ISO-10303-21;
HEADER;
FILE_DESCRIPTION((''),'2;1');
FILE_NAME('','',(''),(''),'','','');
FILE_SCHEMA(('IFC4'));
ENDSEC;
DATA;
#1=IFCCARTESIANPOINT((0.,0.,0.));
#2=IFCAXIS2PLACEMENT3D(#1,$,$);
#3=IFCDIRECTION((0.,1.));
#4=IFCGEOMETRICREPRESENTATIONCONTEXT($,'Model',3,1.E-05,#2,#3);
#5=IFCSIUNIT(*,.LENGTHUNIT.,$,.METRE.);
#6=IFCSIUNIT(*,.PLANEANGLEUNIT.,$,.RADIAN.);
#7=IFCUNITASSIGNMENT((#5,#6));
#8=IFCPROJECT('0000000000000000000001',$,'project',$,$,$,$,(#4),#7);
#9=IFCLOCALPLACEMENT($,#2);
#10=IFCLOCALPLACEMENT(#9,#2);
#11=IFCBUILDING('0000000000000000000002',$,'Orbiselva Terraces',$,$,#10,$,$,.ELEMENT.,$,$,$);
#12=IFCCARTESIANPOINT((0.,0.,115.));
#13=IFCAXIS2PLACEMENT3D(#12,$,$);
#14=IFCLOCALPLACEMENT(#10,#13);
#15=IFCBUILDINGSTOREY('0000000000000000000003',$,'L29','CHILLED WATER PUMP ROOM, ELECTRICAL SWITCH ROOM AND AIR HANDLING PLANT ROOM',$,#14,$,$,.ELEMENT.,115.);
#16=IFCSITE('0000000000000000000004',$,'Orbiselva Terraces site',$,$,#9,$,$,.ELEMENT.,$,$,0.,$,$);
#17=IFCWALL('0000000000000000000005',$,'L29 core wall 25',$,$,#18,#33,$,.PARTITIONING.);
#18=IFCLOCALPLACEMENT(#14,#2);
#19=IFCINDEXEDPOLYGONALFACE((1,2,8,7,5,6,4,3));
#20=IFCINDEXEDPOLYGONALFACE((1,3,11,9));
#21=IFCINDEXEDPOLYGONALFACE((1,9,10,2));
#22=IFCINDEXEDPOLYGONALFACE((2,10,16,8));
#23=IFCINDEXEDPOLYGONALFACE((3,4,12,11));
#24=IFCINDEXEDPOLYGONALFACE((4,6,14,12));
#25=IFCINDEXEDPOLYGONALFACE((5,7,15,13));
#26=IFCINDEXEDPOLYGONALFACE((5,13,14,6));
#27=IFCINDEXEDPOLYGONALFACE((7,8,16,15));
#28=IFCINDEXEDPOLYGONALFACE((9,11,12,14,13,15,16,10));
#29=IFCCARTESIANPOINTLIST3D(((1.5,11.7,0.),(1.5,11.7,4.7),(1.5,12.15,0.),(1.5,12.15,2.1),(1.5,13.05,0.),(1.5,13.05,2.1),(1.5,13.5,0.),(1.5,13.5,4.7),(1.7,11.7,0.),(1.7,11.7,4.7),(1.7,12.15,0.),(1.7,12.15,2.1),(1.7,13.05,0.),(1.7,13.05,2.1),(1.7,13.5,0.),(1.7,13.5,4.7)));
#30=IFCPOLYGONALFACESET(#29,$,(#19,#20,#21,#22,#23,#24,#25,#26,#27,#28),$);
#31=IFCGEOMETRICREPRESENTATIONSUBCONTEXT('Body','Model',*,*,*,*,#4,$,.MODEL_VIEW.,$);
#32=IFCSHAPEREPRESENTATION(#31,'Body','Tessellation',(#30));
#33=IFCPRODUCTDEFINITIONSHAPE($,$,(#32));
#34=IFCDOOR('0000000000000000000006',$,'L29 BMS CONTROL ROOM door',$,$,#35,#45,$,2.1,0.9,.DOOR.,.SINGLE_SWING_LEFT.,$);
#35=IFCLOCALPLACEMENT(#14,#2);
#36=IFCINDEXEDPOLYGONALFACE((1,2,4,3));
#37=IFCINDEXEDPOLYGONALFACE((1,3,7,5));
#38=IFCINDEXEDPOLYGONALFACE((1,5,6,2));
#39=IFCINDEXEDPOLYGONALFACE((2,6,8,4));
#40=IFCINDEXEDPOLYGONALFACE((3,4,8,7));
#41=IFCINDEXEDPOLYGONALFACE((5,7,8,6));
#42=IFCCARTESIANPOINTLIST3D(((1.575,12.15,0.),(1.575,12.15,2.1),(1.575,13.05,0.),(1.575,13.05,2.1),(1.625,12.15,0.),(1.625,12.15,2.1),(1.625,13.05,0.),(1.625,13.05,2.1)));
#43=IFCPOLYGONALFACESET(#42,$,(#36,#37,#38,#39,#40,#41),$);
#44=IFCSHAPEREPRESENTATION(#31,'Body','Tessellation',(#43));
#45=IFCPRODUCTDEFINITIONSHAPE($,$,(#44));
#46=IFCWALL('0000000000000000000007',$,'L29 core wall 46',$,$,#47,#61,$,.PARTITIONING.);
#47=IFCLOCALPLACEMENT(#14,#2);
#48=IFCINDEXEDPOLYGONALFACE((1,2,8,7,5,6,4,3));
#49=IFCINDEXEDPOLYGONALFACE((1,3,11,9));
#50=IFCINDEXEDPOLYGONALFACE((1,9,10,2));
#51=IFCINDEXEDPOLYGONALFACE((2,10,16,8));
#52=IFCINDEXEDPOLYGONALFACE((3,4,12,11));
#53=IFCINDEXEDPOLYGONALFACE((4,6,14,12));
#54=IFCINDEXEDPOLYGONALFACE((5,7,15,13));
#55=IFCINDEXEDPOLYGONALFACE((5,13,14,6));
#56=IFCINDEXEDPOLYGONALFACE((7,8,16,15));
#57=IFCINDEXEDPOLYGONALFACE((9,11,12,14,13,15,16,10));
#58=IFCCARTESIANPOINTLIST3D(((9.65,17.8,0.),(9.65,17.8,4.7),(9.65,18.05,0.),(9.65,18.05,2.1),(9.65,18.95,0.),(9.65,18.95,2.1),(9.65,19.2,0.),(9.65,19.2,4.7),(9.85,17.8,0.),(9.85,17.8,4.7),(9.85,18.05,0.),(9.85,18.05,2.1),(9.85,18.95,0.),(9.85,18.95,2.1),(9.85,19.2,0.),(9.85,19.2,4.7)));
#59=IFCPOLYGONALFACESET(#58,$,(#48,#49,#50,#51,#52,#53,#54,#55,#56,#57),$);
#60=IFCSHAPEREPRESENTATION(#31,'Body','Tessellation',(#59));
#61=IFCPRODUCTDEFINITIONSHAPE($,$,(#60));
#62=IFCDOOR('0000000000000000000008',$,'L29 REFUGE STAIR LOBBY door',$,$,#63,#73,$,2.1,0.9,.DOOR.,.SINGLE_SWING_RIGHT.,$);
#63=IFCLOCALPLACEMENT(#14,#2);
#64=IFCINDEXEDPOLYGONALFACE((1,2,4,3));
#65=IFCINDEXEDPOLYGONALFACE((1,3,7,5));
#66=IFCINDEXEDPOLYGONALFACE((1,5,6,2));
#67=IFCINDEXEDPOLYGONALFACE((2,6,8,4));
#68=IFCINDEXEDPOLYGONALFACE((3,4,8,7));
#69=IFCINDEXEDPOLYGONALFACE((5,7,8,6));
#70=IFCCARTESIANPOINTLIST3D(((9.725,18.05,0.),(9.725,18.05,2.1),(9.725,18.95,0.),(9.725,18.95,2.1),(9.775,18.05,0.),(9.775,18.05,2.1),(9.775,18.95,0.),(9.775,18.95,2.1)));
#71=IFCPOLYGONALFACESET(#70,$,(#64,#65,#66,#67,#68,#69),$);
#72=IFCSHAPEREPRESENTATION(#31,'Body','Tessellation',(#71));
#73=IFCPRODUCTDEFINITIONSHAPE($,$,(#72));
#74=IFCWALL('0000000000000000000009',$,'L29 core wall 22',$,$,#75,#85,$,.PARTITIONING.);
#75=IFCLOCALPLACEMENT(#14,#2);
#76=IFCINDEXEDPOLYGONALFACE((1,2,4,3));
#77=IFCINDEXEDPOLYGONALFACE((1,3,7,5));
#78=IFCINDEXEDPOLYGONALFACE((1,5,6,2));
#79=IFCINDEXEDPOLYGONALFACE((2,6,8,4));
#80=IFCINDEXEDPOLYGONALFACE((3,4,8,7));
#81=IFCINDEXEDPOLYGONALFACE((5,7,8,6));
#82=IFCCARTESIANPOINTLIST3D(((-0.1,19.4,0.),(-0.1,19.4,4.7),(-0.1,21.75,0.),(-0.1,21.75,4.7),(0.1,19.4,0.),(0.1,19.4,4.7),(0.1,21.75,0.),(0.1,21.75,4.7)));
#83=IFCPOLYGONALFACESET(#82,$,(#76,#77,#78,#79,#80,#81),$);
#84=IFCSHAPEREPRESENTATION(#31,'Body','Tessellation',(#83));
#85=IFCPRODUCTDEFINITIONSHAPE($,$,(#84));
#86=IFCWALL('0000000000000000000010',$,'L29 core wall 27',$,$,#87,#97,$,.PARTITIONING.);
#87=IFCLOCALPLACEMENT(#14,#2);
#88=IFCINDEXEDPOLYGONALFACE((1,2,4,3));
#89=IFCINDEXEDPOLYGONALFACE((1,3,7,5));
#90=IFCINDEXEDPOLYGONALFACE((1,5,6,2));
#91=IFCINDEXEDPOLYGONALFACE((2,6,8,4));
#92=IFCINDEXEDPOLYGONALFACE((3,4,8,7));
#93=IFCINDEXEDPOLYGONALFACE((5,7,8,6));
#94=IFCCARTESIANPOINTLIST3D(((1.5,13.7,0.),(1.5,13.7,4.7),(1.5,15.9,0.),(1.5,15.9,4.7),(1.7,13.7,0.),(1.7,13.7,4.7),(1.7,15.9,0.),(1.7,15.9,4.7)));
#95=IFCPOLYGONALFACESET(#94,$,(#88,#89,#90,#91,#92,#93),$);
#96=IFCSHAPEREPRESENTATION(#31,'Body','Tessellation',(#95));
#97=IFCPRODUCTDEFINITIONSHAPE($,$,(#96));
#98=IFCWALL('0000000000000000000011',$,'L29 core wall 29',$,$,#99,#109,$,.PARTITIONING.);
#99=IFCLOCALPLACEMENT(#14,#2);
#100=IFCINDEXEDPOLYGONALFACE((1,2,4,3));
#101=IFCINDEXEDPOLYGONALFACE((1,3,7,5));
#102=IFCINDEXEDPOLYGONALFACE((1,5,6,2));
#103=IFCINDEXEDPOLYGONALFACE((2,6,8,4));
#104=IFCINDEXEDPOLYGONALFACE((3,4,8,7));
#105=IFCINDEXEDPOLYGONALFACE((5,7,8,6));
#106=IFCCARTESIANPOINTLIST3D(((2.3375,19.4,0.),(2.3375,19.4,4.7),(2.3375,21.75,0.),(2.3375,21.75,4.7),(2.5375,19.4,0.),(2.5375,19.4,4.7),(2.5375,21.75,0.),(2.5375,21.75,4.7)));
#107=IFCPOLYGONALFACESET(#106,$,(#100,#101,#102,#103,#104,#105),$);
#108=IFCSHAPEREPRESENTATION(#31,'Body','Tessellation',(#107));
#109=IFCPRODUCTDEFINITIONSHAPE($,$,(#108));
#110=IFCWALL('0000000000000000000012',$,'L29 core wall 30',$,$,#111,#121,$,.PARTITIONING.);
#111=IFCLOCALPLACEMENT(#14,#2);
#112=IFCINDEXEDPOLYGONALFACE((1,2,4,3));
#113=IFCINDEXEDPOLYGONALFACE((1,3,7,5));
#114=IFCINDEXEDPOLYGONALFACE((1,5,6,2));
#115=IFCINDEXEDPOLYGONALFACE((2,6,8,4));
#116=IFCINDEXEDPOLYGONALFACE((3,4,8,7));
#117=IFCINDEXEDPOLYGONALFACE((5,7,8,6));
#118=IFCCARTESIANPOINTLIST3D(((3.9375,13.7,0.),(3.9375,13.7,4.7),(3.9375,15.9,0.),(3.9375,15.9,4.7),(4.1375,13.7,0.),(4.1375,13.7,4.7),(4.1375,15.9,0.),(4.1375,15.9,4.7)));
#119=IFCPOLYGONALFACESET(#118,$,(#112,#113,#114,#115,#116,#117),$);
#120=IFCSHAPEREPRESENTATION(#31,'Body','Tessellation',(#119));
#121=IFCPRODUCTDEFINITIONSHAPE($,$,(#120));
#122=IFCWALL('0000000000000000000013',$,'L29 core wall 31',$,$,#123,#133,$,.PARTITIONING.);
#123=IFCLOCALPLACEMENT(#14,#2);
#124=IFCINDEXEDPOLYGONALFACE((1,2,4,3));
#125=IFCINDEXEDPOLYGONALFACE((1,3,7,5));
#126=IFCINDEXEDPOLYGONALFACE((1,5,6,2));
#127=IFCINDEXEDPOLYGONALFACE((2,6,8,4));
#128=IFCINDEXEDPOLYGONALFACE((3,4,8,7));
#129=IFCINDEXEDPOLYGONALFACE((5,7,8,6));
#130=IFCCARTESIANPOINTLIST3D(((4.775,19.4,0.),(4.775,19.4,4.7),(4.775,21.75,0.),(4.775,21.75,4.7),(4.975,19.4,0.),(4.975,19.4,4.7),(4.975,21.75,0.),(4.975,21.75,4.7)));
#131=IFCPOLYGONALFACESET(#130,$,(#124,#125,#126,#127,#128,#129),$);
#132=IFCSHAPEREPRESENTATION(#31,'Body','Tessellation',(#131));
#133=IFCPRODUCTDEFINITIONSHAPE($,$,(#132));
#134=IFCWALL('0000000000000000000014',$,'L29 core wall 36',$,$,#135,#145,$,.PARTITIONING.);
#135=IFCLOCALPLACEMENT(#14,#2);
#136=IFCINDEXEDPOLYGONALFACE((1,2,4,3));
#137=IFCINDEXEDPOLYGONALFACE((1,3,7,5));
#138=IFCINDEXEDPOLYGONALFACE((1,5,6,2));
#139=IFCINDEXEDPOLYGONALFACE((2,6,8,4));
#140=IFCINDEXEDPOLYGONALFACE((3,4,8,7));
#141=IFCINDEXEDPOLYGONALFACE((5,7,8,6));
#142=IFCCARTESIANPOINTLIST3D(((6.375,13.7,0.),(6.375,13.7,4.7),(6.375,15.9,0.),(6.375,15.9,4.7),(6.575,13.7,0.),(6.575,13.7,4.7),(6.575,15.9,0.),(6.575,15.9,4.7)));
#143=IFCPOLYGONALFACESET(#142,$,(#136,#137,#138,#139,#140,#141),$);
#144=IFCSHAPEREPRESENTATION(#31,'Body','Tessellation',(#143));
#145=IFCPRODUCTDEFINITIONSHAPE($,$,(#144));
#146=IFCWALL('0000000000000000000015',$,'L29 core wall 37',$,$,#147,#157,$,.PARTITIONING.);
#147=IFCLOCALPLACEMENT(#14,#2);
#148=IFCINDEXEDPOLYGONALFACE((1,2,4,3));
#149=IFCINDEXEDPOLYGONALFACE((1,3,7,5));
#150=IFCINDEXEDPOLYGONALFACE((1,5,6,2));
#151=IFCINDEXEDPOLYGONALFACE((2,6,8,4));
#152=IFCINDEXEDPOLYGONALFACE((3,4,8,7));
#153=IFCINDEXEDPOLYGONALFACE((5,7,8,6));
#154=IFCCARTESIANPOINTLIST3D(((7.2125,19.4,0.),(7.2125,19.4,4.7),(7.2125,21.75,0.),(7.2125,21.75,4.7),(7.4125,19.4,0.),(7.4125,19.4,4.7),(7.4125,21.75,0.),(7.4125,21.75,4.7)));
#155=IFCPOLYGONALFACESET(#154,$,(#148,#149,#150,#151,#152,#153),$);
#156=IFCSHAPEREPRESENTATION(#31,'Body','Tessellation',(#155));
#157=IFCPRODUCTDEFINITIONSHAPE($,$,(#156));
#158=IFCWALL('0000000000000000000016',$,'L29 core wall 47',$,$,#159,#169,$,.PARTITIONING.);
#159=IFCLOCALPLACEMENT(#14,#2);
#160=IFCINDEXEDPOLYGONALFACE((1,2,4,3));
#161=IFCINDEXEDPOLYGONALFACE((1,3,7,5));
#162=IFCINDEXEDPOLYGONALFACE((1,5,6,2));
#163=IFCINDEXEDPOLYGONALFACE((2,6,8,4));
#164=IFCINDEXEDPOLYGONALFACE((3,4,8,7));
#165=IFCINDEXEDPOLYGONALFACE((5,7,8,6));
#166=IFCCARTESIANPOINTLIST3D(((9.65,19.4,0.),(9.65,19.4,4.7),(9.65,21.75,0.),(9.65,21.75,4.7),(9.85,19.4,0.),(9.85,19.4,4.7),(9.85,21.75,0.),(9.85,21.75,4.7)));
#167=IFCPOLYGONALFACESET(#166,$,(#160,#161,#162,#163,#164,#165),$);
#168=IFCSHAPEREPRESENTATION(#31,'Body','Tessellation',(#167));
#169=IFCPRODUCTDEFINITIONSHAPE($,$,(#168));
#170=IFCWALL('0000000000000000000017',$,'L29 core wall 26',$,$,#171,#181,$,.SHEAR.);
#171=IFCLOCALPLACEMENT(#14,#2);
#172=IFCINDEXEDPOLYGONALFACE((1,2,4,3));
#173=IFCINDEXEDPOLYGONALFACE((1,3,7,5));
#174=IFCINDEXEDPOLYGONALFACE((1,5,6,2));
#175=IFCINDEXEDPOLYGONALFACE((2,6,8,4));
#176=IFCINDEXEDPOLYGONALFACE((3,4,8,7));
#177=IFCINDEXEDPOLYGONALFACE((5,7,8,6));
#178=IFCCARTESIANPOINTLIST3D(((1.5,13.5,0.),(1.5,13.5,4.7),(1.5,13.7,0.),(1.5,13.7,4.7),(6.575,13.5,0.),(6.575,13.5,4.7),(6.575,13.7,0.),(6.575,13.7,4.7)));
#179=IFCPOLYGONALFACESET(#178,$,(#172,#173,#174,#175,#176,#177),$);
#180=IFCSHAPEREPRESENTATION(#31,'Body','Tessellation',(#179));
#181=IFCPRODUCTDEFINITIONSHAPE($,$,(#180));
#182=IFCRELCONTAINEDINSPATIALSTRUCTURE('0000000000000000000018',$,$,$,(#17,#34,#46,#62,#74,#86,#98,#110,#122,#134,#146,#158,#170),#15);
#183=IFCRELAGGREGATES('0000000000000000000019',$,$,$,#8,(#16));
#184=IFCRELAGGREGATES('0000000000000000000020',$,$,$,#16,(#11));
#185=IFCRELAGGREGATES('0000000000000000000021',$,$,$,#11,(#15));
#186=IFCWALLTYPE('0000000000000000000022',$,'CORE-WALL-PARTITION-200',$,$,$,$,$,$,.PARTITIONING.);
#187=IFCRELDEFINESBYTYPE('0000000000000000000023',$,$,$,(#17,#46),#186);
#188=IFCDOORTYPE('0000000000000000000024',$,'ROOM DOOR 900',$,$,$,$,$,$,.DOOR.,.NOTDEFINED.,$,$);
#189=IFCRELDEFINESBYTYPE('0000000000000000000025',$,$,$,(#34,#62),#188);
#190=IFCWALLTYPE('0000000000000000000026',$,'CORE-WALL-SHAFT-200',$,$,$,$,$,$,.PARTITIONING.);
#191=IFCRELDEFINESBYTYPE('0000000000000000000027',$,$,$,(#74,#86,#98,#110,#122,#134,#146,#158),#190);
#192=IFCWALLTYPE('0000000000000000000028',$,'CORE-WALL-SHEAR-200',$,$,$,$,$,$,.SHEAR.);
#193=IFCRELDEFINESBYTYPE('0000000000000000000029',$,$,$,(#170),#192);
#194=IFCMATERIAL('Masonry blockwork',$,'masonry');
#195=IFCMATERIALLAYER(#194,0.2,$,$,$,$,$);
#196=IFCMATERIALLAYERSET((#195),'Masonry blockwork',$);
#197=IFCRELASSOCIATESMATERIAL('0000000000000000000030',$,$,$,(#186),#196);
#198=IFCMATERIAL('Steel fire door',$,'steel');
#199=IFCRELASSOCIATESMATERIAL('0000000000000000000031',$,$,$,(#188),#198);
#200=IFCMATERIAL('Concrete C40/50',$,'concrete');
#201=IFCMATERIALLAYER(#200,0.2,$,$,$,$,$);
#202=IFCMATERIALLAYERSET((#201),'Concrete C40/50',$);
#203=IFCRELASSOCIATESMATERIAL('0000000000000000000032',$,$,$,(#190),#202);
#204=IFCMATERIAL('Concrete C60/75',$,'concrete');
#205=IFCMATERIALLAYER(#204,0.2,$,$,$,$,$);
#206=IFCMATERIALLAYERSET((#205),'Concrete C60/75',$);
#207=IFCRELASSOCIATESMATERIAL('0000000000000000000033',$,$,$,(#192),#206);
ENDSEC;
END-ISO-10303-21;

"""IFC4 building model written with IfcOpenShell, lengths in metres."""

from ifc_helpers import new_model, si_unit, direction, frame, frame_2d, origin, place, context, subcontext, project, spatial, rectangle, extrude, material, layer, layer_set, type_object, element, fill, save


model = new_model("IFC4")

# Units and contexts
model_context = context("Model", 3, precision=1e-05, world=origin(), true_north=direction((0.0, 1.0)))
body_context = subcontext(model_context, "Body", "Model", "MODEL_VIEW")
ifc_project = project(units=[si_unit("LENGTHUNIT", "METRE"), si_unit("PLANEANGLEUNIT", "RADIAN")], contexts=[model_context])

# Site, building, storey
site_placement = place(None, origin())
site = spatial("IfcSite", under=ifc_project, at=site_placement, Name="Orbiselva Terraces site", CompositionType="ELEMENT", RefElevation=0.0)
building_placement = place(site_placement, origin())
building = spatial("IfcBuilding", under=site, at=building_placement, Name="Orbiselva Terraces", CompositionType="ELEMENT")
storey_placement = place(building_placement, frame((0.0, 0.0, 115.0)))
storey = spatial("IfcBuildingStorey", under=building, at=storey_placement, Name="L29", Description="CHILLED WATER PUMP ROOM, ELECTRICAL SWITCH ROOM AND AIR HANDLING PLANT ROOM", CompositionType="ELEMENT", Elevation=115.0)

# Walls, openings, doors
ifc_material_1 = material(Name="Masonry blockwork", Category="masonry")
ifc_layer_1 = layer(ifc_material_1, 0.2)
ifc_layer_set_1 = layer_set([ifc_layer_1], Name="Masonry blockwork")
wall_type_1 = type_object("IfcWallType", Name="CORE-WALL-PARTITION-200", PredefinedType="PARTITIONING", material=ifc_layer_set_1)
wall_1_placement = place(storey_placement, frame((1.6, 13.5, 0.0), z_axis=(0.0, 0.0, 1.0), x_axis=(0.0, -1.0, 0.0)))
wall_1 = element("IfcWall", 1, at=wall_1_placement, inside=storey, type_object=wall_type_1, Name="L29 core wall 25", PredefinedType="PARTITIONING", context=body_context, shape_type="SweptSolid", body=[
    extrude(rectangle(XDim=1.8, YDim=0.2, at=frame_2d((0.9, 0.0))), origin(), (0.0, 0.0, 1.0), 4.7),
])
opening_1_placement = place(wall_1_placement, frame((0.45, 0.0, 0.0)))
opening_1 = element("IfcOpeningElement", 2, at=opening_1_placement, cuts=wall_1, PredefinedType="OPENING", context=body_context, shape_type="SweptSolid", body=[
    extrude(rectangle(XDim=0.9, YDim=2.1, at=frame_2d((0.45, 1.05))), frame((0.0, 0.11, 0.0), z_axis=(0.0, -1.0, 0.0), x_axis=(1.0, 0.0, 0.0)), (0.0, 0.0, 1.0), 0.22),
])
ifc_material_2 = material(Name="Steel fire door", Category="steel")
door_type = type_object("IfcDoorType", Name="ROOM DOOR 900", OperationType="NOTDEFINED", PredefinedType="DOOR", material=ifc_material_2)
door_1_placement = place(opening_1_placement, origin())
door_1 = element("IfcDoor", 3, at=door_1_placement, inside=storey, type_object=door_type, Name="L29 BMS CONTROL ROOM door", OperationType="SINGLE_SWING_LEFT", OverallHeight=2.1, OverallWidth=0.9, PredefinedType="DOOR", context=body_context, shape_type="SweptSolid", body=[
    extrude(rectangle(XDim=0.9, YDim=2.1, at=frame_2d((0.45, 1.05))), frame((0.0, 0.025, 0.0), z_axis=(0.0, -1.0, 0.0), x_axis=(1.0, 0.0, 0.0)), (0.0, 0.0, 1.0), 0.05),
])
fill(opening_1, door_1)
wall_2_placement = place(storey_placement, frame((9.75, 19.2, 0.0), z_axis=(0.0, 0.0, 1.0), x_axis=(0.0, -1.0, 0.0)))
wall_2 = element("IfcWall", 4, at=wall_2_placement, inside=storey, type_object=wall_type_1, Name="L29 core wall 46", PredefinedType="PARTITIONING", context=body_context, shape_type="SweptSolid", body=[
    extrude(rectangle(XDim=1.4, YDim=0.2, at=frame_2d((0.7, 0.0))), origin(), (0.0, 0.0, 1.0), 4.7),
])
opening_2_placement = place(wall_2_placement, frame((0.25, 0.0, 0.0)))
opening_2 = element("IfcOpeningElement", 5, at=opening_2_placement, cuts=wall_2, PredefinedType="OPENING", context=body_context, shape_type="SweptSolid", body=[
    extrude(rectangle(XDim=0.9, YDim=2.1, at=frame_2d((0.45, 1.05))), frame((0.0, 0.11, 0.0), z_axis=(0.0, -1.0, 0.0), x_axis=(1.0, 0.0, 0.0)), (0.0, 0.0, 1.0), 0.22),
])
door_2_placement = place(opening_2_placement, origin())
door_2 = element("IfcDoor", 6, at=door_2_placement, inside=storey, type_object=door_type, Name="L29 REFUGE STAIR LOBBY door", OperationType="SINGLE_SWING_RIGHT", OverallHeight=2.1, OverallWidth=0.9, PredefinedType="DOOR", context=body_context, shape_type="SweptSolid", body=[
    extrude(rectangle(XDim=0.9, YDim=2.1, at=frame_2d((0.45, 1.05))), frame((0.0, 0.025, 0.0), z_axis=(0.0, -1.0, 0.0), x_axis=(1.0, 0.0, 0.0)), (0.0, 0.0, 1.0), 0.05),
])
fill(opening_2, door_2)

# Walls
ifc_material_3 = material(Name="Concrete C40/50", Category="concrete")
ifc_layer_2 = layer(ifc_material_3, 0.2)
ifc_layer_set_2 = layer_set([ifc_layer_2], Name="Concrete C40/50")
wall_type_2 = type_object("IfcWallType", Name="CORE-WALL-SHAFT-200", PredefinedType="PARTITIONING", material=ifc_layer_set_2)
wall_3_placement = place(storey_placement, frame((0.0, 19.4, 0.0), z_axis=(0.0, 0.0, 1.0), x_axis=(0.0, 1.0, 0.0)))
element("IfcWall", 7, at=wall_3_placement, inside=storey, type_object=wall_type_2, Name="L29 core wall 22", PredefinedType="PARTITIONING", context=body_context, shape_type="SweptSolid", body=[
    extrude(rectangle(XDim=2.35, YDim=0.2, at=frame_2d((1.175, 0.0))), origin(), (0.0, 0.0, 1.0), 4.7),
])
wall_4_placement = place(storey_placement, frame((1.6, 13.7, 0.0), z_axis=(0.0, 0.0, 1.0), x_axis=(0.0, 1.0, 0.0)))
element("IfcWall", 8, at=wall_4_placement, inside=storey, type_object=wall_type_2, Name="L29 core wall 27", PredefinedType="PARTITIONING", context=body_context, shape_type="SweptSolid", body=[
    extrude(rectangle(XDim=2.2, YDim=0.2, at=frame_2d((1.1, 0.0))), origin(), (0.0, 0.0, 1.0), 4.7),
])
wall_5_placement = place(storey_placement, frame((2.4375, 19.4, 0.0), z_axis=(0.0, 0.0, 1.0), x_axis=(0.0, 1.0, 0.0)))
element("IfcWall", 9, at=wall_5_placement, inside=storey, type_object=wall_type_2, Name="L29 core wall 29", PredefinedType="PARTITIONING", context=body_context, shape_type="SweptSolid", body=[
    extrude(rectangle(XDim=2.35, YDim=0.2, at=frame_2d((1.175, 0.0))), origin(), (0.0, 0.0, 1.0), 4.7),
])
wall_6_placement = place(storey_placement, frame((4.0375, 13.7, 0.0), z_axis=(0.0, 0.0, 1.0), x_axis=(0.0, 1.0, 0.0)))
element("IfcWall", 10, at=wall_6_placement, inside=storey, type_object=wall_type_2, Name="L29 core wall 30", PredefinedType="PARTITIONING", context=body_context, shape_type="SweptSolid", body=[
    extrude(rectangle(XDim=2.2, YDim=0.2, at=frame_2d((1.1, 0.0))), origin(), (0.0, 0.0, 1.0), 4.7),
])
wall_7_placement = place(storey_placement, frame((4.875, 19.4, 0.0), z_axis=(0.0, 0.0, 1.0), x_axis=(0.0, 1.0, 0.0)))
element("IfcWall", 11, at=wall_7_placement, inside=storey, type_object=wall_type_2, Name="L29 core wall 31", PredefinedType="PARTITIONING", context=body_context, shape_type="SweptSolid", body=[
    extrude(rectangle(XDim=2.35, YDim=0.2, at=frame_2d((1.175, 0.0))), origin(), (0.0, 0.0, 1.0), 4.7),
])
wall_8_placement = place(storey_placement, frame((6.475, 13.7, 0.0), z_axis=(0.0, 0.0, 1.0), x_axis=(0.0, 1.0, 0.0)))
element("IfcWall", 12, at=wall_8_placement, inside=storey, type_object=wall_type_2, Name="L29 core wall 36", PredefinedType="PARTITIONING", context=body_context, shape_type="SweptSolid", body=[
    extrude(rectangle(XDim=2.2, YDim=0.2, at=frame_2d((1.1, 0.0))), origin(), (0.0, 0.0, 1.0), 4.7),
])
for number, where, z_axis, x_axis, name in (
    (13, (7.3125, 19.4, 0.0), (0.0, 0.0, 1.0), (0.0, 1.0, 0.0), "L29 core wall 37"),
    (14, (9.75, 19.4, 0.0), (0.0, 0.0, 1.0), (0.0, 1.0, 0.0), "L29 core wall 47"),
):
    element("IfcWall", number, at=place(storey_placement, frame(where, z_axis=z_axis, x_axis=x_axis)), inside=storey, type_object=wall_type_2, Name=name, PredefinedType="PARTITIONING", context=body_context, shape_type="SweptSolid", body=[
        extrude(rectangle(XDim=2.35, YDim=0.2, at=frame_2d((1.175, 0.0))), origin(), (0.0, 0.0, 1.0), 4.7),
    ])
ifc_material_4 = material(Name="Concrete C60/75", Category="concrete")
ifc_layer_3 = layer(ifc_material_4, 0.2)
ifc_layer_set_3 = layer_set([ifc_layer_3], Name="Concrete C60/75")
wall_type_3 = type_object("IfcWallType", Name="CORE-WALL-SHEAR-200", PredefinedType="SHEAR", material=ifc_layer_set_3)
wall_9_placement = place(storey_placement, frame((1.5, 13.6, 0.0), z_axis=(0.0, 0.0, 1.0), x_axis=(1.0, 0.0, 0.0)))
element("IfcWall", 15, at=wall_9_placement, inside=storey, type_object=wall_type_3, Name="L29 core wall 26", PredefinedType="SHEAR", context=body_context, shape_type="SweptSolid", body=[
    extrude(rectangle(XDim=5.075, YDim=0.2, at=frame_2d((2.5375, 0.0))), origin(), (0.0, 0.0, 1.0), 4.7),
])

save(model, "model.ifc")
